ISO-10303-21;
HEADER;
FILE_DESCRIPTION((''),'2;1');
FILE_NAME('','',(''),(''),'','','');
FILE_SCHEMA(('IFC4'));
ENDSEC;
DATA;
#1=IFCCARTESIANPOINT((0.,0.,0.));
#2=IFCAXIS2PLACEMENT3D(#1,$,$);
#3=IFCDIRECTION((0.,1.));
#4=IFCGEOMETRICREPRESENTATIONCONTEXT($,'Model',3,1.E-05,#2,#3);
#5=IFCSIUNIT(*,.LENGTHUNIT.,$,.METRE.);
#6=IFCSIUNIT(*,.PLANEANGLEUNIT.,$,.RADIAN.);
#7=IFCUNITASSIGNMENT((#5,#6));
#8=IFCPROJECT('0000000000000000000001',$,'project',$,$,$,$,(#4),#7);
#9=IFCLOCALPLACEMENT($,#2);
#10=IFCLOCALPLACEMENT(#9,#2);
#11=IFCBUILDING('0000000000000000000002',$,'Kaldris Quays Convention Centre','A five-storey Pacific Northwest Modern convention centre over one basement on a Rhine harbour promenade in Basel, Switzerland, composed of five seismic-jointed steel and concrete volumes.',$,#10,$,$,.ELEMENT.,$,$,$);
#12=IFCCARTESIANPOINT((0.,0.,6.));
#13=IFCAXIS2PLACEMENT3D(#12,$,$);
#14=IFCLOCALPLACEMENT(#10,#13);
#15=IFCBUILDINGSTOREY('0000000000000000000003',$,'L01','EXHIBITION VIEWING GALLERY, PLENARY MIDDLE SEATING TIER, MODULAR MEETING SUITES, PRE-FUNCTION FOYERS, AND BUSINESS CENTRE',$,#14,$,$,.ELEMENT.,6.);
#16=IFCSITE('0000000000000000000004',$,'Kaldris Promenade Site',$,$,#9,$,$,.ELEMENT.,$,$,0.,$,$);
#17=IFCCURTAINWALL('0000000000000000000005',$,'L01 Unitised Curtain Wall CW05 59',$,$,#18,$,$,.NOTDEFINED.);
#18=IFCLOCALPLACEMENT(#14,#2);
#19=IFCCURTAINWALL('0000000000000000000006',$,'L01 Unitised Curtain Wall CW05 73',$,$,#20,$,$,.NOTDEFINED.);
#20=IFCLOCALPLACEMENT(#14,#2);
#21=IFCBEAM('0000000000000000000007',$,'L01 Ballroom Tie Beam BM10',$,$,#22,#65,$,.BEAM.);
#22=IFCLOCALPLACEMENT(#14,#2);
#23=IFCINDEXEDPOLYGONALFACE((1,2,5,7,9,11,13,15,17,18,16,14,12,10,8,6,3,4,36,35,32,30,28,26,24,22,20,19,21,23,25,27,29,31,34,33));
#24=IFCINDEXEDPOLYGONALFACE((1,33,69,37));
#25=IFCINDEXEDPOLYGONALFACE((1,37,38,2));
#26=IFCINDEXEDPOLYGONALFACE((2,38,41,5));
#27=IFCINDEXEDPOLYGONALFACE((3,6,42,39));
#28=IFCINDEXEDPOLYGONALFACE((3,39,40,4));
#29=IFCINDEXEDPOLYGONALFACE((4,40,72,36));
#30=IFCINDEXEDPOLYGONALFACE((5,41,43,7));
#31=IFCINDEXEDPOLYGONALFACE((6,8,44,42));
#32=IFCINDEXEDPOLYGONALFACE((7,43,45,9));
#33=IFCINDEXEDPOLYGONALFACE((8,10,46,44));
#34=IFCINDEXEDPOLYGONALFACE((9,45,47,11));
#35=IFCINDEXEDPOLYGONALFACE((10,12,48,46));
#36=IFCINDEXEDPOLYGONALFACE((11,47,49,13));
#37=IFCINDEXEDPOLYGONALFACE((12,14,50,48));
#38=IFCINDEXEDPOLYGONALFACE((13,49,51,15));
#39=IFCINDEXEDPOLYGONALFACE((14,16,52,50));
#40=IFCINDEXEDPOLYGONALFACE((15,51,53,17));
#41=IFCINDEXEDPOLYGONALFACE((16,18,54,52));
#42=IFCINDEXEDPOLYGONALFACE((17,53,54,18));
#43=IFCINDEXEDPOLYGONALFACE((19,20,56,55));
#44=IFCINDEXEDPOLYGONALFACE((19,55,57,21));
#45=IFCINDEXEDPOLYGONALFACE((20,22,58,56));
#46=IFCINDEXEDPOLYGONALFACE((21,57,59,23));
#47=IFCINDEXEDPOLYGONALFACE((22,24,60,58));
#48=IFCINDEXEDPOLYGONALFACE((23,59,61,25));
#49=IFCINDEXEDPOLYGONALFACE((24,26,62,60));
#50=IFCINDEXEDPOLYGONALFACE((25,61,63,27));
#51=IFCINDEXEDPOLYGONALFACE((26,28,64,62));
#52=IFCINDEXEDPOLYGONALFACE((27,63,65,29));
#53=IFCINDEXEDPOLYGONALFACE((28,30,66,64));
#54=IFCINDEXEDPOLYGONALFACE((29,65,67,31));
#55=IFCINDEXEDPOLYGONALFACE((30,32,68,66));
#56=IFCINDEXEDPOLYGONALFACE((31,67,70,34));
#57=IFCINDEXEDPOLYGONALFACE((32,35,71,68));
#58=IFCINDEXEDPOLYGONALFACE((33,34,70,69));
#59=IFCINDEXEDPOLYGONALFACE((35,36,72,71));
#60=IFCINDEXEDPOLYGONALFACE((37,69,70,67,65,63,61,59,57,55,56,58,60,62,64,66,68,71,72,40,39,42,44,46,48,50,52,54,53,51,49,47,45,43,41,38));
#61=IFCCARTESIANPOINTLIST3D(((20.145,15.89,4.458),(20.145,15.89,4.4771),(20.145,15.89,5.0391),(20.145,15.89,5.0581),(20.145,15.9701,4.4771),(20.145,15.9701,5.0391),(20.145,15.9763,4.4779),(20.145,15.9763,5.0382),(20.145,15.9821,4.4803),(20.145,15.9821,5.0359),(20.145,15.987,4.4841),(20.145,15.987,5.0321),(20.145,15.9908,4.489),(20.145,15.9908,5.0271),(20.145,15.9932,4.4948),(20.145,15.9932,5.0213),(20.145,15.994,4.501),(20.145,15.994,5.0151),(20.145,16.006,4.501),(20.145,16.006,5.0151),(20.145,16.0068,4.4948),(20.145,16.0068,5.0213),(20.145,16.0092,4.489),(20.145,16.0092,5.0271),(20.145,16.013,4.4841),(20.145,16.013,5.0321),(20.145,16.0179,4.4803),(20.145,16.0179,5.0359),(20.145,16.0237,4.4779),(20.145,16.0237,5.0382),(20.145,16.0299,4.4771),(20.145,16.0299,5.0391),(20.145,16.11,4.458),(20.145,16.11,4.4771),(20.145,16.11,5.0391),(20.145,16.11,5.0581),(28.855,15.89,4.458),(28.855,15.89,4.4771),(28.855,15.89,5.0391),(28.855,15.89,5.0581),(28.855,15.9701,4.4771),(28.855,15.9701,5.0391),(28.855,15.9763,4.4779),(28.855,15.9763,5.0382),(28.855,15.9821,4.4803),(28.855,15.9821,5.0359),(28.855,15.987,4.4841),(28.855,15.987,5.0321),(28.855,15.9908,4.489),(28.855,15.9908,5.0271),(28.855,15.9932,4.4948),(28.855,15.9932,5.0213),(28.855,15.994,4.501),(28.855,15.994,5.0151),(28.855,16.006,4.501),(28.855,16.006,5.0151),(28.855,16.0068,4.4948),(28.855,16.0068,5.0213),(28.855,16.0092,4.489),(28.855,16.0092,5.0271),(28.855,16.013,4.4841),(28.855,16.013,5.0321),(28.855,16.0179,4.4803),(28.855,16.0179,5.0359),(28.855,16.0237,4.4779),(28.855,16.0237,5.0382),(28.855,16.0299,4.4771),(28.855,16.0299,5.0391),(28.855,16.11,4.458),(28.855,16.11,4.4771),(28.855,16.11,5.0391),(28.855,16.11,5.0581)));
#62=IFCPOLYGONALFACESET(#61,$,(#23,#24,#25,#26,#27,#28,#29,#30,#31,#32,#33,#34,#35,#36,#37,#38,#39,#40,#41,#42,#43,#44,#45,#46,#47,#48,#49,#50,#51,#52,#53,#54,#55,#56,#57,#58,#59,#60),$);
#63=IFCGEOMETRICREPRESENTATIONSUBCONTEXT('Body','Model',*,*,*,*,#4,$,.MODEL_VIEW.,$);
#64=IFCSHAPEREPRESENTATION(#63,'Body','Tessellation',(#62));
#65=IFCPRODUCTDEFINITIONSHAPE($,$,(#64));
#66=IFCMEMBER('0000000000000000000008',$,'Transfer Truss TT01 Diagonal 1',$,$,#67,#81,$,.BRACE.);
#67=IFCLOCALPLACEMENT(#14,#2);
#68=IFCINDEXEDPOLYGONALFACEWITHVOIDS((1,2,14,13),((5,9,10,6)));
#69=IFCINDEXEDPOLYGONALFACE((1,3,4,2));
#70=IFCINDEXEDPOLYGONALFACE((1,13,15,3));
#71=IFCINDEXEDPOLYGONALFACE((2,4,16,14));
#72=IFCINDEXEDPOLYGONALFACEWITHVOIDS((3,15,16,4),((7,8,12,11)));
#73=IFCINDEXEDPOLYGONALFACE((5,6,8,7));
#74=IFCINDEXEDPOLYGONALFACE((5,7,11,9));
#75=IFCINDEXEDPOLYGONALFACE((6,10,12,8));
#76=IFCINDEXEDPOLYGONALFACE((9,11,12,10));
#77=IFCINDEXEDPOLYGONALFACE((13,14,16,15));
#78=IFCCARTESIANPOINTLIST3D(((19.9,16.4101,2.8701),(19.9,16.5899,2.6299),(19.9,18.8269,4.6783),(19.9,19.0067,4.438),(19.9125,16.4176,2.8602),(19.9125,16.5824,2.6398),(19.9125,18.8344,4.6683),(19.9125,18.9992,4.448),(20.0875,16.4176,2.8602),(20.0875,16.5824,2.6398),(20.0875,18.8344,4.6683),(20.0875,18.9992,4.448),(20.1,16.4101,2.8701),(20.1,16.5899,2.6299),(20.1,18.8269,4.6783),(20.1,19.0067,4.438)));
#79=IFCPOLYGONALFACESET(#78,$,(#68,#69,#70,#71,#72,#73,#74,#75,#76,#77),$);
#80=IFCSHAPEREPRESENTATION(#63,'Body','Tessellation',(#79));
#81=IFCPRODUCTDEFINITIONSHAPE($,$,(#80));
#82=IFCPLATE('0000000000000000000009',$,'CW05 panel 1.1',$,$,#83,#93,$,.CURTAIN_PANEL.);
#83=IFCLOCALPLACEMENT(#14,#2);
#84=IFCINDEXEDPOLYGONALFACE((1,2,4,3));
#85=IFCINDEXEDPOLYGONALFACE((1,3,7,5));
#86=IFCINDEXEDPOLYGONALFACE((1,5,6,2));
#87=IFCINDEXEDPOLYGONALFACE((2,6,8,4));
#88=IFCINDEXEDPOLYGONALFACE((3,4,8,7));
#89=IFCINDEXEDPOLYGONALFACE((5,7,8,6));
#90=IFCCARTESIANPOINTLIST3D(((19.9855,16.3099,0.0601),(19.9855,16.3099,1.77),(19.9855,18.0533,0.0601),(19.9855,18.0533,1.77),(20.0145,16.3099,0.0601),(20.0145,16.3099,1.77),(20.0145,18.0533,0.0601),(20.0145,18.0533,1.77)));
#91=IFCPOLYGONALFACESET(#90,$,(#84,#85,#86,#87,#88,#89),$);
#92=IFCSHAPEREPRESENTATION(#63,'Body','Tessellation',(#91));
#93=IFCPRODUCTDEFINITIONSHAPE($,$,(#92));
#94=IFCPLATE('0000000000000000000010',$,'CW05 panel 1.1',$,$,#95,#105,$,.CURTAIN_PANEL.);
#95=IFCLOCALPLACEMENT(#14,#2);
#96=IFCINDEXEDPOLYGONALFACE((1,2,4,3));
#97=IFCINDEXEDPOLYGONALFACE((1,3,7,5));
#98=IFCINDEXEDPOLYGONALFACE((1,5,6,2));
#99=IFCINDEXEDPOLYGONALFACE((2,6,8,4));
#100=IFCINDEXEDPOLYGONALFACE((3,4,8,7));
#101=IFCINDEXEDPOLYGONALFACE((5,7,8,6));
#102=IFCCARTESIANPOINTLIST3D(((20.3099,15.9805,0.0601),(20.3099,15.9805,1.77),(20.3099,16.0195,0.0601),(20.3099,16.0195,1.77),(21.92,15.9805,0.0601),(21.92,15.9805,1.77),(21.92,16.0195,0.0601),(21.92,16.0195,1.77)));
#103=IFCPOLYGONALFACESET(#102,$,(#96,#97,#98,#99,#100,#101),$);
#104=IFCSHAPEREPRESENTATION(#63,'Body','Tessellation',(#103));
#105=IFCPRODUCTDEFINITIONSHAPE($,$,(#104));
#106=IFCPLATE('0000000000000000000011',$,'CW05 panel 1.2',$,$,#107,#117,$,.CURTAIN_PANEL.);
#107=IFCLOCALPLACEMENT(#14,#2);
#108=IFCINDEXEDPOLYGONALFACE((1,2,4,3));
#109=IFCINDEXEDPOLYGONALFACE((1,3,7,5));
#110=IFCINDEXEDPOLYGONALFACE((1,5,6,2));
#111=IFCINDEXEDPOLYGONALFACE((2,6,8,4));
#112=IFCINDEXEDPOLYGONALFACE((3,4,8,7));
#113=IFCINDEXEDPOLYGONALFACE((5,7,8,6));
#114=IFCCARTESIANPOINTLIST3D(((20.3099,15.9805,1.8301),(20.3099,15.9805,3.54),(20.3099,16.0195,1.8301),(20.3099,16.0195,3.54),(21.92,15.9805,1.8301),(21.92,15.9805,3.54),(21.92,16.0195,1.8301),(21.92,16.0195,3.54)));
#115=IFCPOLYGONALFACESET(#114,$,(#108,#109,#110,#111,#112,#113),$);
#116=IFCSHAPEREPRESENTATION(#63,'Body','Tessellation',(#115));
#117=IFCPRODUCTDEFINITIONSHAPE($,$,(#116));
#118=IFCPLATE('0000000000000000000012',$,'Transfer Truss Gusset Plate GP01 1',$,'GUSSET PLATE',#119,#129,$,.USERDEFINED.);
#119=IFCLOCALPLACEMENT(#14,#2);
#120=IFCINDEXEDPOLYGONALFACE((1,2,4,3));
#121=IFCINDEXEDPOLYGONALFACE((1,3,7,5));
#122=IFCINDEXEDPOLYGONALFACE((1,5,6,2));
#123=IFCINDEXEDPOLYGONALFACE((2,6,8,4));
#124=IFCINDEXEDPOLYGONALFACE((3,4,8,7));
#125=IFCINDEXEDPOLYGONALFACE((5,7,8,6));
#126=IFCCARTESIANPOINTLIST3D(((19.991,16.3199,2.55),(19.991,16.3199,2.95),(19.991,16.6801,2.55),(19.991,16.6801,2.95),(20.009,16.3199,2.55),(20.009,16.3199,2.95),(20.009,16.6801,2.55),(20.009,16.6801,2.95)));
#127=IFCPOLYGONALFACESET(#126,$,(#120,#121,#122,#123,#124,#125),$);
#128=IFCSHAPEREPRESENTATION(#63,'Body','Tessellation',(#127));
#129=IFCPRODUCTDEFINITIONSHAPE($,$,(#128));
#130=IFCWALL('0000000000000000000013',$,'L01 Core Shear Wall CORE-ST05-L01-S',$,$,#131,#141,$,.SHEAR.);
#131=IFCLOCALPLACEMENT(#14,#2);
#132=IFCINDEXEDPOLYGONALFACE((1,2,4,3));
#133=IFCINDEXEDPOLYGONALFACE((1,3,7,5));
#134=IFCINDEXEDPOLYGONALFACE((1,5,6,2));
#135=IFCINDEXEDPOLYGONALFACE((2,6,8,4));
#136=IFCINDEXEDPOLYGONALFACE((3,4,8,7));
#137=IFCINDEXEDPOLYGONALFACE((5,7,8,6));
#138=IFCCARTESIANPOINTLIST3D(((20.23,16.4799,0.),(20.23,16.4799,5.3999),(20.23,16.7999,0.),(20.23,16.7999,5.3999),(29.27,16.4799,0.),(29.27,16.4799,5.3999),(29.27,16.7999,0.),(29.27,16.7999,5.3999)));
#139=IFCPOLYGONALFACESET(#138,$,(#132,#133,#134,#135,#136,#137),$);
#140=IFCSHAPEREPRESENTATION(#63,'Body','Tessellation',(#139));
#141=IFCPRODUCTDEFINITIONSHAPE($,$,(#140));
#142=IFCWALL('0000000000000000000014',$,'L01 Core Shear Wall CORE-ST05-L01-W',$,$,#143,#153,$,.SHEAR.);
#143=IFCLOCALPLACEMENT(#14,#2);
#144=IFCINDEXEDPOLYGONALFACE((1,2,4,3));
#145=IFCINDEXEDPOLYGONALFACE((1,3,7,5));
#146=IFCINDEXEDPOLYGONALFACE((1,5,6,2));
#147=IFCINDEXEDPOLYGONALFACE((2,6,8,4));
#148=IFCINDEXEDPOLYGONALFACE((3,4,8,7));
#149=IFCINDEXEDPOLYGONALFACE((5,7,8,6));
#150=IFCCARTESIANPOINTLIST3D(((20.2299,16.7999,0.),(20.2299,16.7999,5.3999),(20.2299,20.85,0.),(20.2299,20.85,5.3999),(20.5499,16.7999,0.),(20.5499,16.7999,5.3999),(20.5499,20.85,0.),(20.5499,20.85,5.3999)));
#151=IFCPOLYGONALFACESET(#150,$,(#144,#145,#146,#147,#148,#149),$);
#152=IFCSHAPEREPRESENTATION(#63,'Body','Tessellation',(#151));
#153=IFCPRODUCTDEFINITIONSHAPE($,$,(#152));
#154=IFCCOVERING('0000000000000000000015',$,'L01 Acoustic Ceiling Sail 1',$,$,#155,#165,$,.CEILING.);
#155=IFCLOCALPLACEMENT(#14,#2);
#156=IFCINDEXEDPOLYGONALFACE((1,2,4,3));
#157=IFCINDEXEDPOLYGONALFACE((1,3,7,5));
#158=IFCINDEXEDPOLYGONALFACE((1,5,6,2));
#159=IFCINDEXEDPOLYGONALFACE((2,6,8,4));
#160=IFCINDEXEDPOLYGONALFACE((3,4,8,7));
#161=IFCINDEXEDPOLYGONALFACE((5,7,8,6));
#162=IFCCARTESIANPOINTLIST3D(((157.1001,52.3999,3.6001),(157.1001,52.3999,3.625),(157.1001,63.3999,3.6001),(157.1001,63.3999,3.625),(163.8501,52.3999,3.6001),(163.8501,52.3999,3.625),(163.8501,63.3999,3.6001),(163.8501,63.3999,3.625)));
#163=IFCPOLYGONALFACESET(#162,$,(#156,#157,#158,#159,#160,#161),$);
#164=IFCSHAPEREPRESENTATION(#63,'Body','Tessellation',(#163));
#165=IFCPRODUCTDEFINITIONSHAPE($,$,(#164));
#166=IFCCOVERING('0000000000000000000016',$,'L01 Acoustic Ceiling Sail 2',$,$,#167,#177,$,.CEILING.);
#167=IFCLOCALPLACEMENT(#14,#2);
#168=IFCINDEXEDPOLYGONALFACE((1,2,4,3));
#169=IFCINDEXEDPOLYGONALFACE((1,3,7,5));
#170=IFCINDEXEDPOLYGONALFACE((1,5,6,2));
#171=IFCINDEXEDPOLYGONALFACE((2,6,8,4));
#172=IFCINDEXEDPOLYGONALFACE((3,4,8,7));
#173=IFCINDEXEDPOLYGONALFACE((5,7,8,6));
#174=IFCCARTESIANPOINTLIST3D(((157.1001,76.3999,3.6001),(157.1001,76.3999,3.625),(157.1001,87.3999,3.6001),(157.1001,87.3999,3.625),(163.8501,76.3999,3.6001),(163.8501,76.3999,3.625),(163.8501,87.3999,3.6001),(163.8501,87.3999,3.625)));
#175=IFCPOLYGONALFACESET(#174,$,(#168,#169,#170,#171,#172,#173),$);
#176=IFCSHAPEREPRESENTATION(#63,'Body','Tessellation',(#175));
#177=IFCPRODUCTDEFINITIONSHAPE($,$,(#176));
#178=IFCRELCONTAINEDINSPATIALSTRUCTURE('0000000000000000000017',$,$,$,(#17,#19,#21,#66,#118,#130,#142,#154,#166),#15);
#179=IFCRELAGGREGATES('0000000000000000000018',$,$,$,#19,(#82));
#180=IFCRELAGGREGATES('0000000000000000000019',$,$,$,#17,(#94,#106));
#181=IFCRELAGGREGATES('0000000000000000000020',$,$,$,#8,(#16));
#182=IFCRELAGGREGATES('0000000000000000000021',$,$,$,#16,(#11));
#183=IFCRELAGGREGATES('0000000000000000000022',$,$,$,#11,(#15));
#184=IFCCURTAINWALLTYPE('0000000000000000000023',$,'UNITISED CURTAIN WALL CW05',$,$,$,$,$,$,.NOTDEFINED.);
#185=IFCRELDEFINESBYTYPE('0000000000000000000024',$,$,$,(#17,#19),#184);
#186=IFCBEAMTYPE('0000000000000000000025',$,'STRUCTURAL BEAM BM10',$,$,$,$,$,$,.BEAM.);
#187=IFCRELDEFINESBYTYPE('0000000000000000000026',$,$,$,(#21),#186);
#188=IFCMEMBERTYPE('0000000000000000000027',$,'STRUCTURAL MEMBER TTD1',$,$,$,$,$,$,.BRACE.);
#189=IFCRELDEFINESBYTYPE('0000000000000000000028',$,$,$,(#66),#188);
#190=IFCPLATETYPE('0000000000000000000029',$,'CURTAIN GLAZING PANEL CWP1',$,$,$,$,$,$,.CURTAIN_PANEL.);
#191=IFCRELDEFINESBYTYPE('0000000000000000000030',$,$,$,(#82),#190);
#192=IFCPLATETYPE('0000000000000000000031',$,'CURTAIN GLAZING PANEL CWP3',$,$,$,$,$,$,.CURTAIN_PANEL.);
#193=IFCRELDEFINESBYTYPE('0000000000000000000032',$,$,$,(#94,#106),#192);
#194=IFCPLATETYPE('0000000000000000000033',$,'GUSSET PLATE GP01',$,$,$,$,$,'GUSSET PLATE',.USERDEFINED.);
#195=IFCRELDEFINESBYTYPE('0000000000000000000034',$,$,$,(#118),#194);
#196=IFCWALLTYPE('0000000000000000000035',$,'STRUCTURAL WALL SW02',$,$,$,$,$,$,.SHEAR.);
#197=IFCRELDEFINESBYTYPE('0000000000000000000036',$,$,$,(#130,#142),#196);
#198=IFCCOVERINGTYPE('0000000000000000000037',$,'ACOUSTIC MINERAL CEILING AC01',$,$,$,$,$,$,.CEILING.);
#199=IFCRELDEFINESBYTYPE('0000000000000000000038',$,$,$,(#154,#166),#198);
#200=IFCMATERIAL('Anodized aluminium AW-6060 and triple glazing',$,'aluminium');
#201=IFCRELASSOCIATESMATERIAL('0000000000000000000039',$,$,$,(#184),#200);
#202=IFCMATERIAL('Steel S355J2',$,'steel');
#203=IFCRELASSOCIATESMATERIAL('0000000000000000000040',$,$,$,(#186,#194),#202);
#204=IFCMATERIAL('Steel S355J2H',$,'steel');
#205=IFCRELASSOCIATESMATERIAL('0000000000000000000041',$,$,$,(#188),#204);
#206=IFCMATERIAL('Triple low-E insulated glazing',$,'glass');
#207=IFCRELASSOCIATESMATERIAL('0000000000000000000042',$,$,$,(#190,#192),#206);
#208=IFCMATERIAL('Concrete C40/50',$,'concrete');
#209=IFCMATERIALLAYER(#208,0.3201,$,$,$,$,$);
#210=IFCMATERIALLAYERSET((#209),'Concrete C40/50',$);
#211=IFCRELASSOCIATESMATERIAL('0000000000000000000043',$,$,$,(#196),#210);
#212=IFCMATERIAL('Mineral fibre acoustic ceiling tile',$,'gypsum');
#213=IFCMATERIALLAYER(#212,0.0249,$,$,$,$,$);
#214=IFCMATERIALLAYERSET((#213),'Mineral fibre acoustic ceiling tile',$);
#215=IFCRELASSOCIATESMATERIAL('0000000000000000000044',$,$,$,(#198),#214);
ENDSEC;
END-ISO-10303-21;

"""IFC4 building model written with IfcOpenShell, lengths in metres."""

from ifc_helpers import new_model, si_unit, direction, frame, frame_2d, origin, origin_2d, place, context, subcontext, project, spatial, polyline, rectangle, hollow_rectangle, i_section, outline, extrude, material, layer, layer_set, material_profile, profile_set, type_object, element, aggregate, save


model = new_model("IFC4")

# Units and contexts
model_context = context("Model", 3, precision=1e-05, world=origin(), true_north=direction((0.0, 1.0)))
body_context = subcontext(model_context, "Body", "Model", "MODEL_VIEW")
ifc_project = project(units=[si_unit("LENGTHUNIT", "METRE"), si_unit("PLANEANGLEUNIT", "RADIAN")], contexts=[model_context])

# Site, building, storey
site_placement = place(None, origin())
site = spatial("IfcSite", under=ifc_project, at=site_placement, Name="Kaldris Promenade Site", CompositionType="ELEMENT", RefElevation=0.0)
building_placement = place(site_placement, origin())
building = spatial("IfcBuilding", under=site, at=building_placement, Name="Kaldris Quays Convention Centre", Description="A five-storey Pacific Northwest Modern convention centre over one basement on a Rhine harbour promenade in Basel, Switzerland, composed of five seismic-jointed steel and concrete volumes.", CompositionType="ELEMENT")
storey_placement = place(building_placement, frame((0.0, 0.0, 6.0)))
storey = spatial("IfcBuildingStorey", under=building, at=storey_placement, Name="L01", Description="EXHIBITION VIEWING GALLERY, PLENARY MIDDLE SEATING TIER, MODULAR MEETING SUITES, PRE-FUNCTION FOYERS, AND BUSINESS CENTRE", CompositionType="ELEMENT", Elevation=6.0)

# Curtain walls
ifc_material_1 = material(Name="Anodized aluminium AW-6060 and triple glazing", Category="aluminium")
curtain_wall_type = type_object("IfcCurtainWallType", Name="UNITISED CURTAIN WALL CW05", PredefinedType="NOTDEFINED", material=ifc_material_1)
curtain_wall_1_placement = place(storey_placement, origin())
curtain_wall_1 = element("IfcCurtainWall", 1, at=curtain_wall_1_placement, inside=storey, type_object=curtain_wall_type, Name="L01 Unitised Curtain Wall CW05 59", PredefinedType="NOTDEFINED")
curtain_wall_2_placement = place(storey_placement, origin())
curtain_wall_2 = element("IfcCurtainWall", 2, at=curtain_wall_2_placement, inside=storey, type_object=curtain_wall_type, Name="L01 Unitised Curtain Wall CW05 73", PredefinedType="NOTDEFINED")

# Beam
ifc_material_2 = material(Name="Steel S355J2", Category="steel")
ifc_material_profile_1 = material_profile(ifc_material_2, i_section(OverallWidth=0.22, OverallDepth=0.6001, WebThickness=0.012, FlangeThickness=0.019, FilletRadius=0.0239, at=origin_2d()), Name="IPE 600")
ifc_profile_set_1 = profile_set([ifc_material_profile_1], Name="Steel S355J2")
beam_type_1 = type_object("IfcBeamType", Name="STRUCTURAL BEAM BM10", PredefinedType="BEAM", material=ifc_profile_set_1)
beam_1_placement = place(storey_placement, frame((20.145, 16.0, 4.7581), z_axis=(1.0, 0.0, 0.0), x_axis=(0.0, 1.0, 0.0)))
element("IfcBeam", 3, at=beam_1_placement, inside=storey, type_object=beam_type_1, Name="L01 Ballroom Tie Beam BM10", PredefinedType="BEAM", context=body_context, shape_type="SweptSolid", body=[
    extrude(i_section(OverallWidth=0.22, OverallDepth=0.6001, WebThickness=0.012, FlangeThickness=0.019, FilletRadius=0.0239, at=origin_2d()), origin(), (0.0, 0.0, 1.0), 8.71),
])

# Member
ifc_material_3 = material(Name="Steel S355J2H", Category="steel")
ifc_material_profile_2 = material_profile(ifc_material_3, hollow_rectangle(XDim=0.2, YDim=0.3, WallThickness=0.0125, at=origin_2d()), Name="RHS 300x200x12.5")
ifc_profile_set_2 = profile_set([ifc_material_profile_2], Name="Steel S355J2H")
member_type_1 = type_object("IfcMemberType", Name="STRUCTURAL MEMBER TTD1", PredefinedType="BRACE", material=ifc_profile_set_2)
member_1_placement = place(storey_placement, frame((20.0, 16.5, 2.75), z_axis=(0.0, 0.800708, 0.599055), x_axis=(-1.0, 0.0, 0.0)))
element("IfcMember", 4, at=member_1_placement, inside=storey, type_object=member_type_1, Name="Transfer Truss TT01 Diagonal 1", PredefinedType="BRACE", context=body_context, shape_type="SweptSolid", body=[
    extrude(hollow_rectangle(XDim=0.2, YDim=0.3, WallThickness=0.0125, at=origin_2d()), origin(), (0.0, 0.0, 1.0), 3.0183),
])

# Plates
ifc_material_4 = material(Name="Triple low-E insulated glazing", Category="glass")
plate_type_1 = type_object("IfcPlateType", Name="CURTAIN GLAZING PANEL CWP1", PredefinedType="CURTAIN_PANEL", material=ifc_material_4)
plate_1_placement = place(storey_placement, frame((20.0, 17.1816, 0.0601), z_axis=(0.0, 0.0, 1.0), x_axis=(0.0, 1.0, 0.0)))
plate_1 = element("IfcPlate", 5, at=plate_1_placement, type_object=plate_type_1, Name="CW05 panel 1.1", PredefinedType="CURTAIN_PANEL", context=body_context, shape_type="SweptSolid", body=[
    extrude(rectangle(XDim=1.7434, YDim=0.0291, at=origin_2d()), origin(), (0.0, 0.0, 1.0), 1.71),
])
aggregate(curtain_wall_2, [plate_1])
plate_type_2 = type_object("IfcPlateType", Name="CURTAIN GLAZING PANEL CWP3", PredefinedType="CURTAIN_PANEL", material=ifc_material_4)
plate_2_placement = place(storey_placement, frame((21.115, 16.0, 0.0601), z_axis=(0.0, 0.0, 1.0), x_axis=(1.0, 0.0, 0.0)))
plate_2 = element("IfcPlate", 6, at=plate_2_placement, type_object=plate_type_2, Name="CW05 panel 1.1", PredefinedType="CURTAIN_PANEL", context=body_context, shape_type="SweptSolid", body=[
    extrude(rectangle(XDim=1.6101, YDim=0.0391, at=origin_2d()), origin(), (0.0, 0.0, 1.0), 1.71),
])
plate_3_placement = place(storey_placement, frame((21.115, 16.0, 1.8301), z_axis=(0.0, 0.0, 1.0), x_axis=(1.0, 0.0, 0.0)))
plate_3 = element("IfcPlate", 7, at=plate_3_placement, type_object=plate_type_2, Name="CW05 panel 1.2", PredefinedType="CURTAIN_PANEL", context=body_context, shape_type="SweptSolid", body=[
    extrude(rectangle(XDim=1.6101, YDim=0.0391, at=origin_2d()), origin(), (0.0, 0.0, 1.0), 1.71),
])
aggregate(curtain_wall_1, [plate_2, plate_3])
plate_type_3 = type_object("IfcPlateType", Name="GUSSET PLATE GP01", ElementType="GUSSET PLATE", PredefinedType="USERDEFINED", material=ifc_material_2)
plate_4_placement = place(storey_placement, frame((20.0, 16.5, 2.55), z_axis=(0.0, 0.0, 1.0), x_axis=(1.0, 0.0, 0.0)))
element("IfcPlate", 8, at=plate_4_placement, inside=storey, type_object=plate_type_3, Name="Transfer Truss Gusset Plate GP01 1", ObjectType="GUSSET PLATE", PredefinedType="USERDEFINED", context=body_context, shape_type="SweptSolid", body=[
    extrude(rectangle(XDim=0.0181, YDim=0.3601, at=origin_2d()), origin(), (0.0, 0.0, 1.0), 0.3999),
])

# Walls
ifc_material_5 = material(Name="Concrete C40/50", Category="concrete")
ifc_layer_1 = layer(ifc_material_5, 0.3201)
ifc_layer_set_1 = layer_set([ifc_layer_1], Name="Concrete C40/50")
wall_type = type_object("IfcWallType", Name="STRUCTURAL WALL SW02", PredefinedType="SHEAR", material=ifc_layer_set_1)
wall_1_placement = place(storey_placement, frame((20.23, 16.6399, 0.0), z_axis=(0.0, 0.0, 1.0), x_axis=(1.0, 0.0, 0.0)))
element("IfcWall", 9, at=wall_1_placement, inside=storey, type_object=wall_type, Name="L01 Core Shear Wall CORE-ST05-L01-S", PredefinedType="SHEAR", context=body_context, shape_type="SweptSolid", body=[
    extrude(rectangle(XDim=9.04, YDim=0.3201, at=frame_2d((4.52, 0.0))), origin(), (0.0, 0.0, 1.0), 5.3999),
])
wall_2_placement = place(storey_placement, frame((20.3899, 16.8, 0.0), z_axis=(0.0, 0.0, 1.0), x_axis=(0.0, 1.0, 0.0)))
element("IfcWall", 10, at=wall_2_placement, inside=storey, type_object=wall_type, Name="L01 Core Shear Wall CORE-ST05-L01-W", PredefinedType="SHEAR", context=body_context, shape_type="SweptSolid", body=[
    extrude(rectangle(XDim=4.05, YDim=0.3201, at=frame_2d((2.0249, 0.0))), origin(), (0.0, 0.0, 1.0), 5.3999),
])

# Coverings
ifc_material_6 = material(Name="Mineral fibre acoustic ceiling tile", Category="gypsum")
ifc_layer_2 = layer(ifc_material_6, 0.0249)
ifc_layer_set_2 = layer_set([ifc_layer_2], Name="Mineral fibre acoustic ceiling tile")
covering_type = type_object("IfcCoveringType", Name="ACOUSTIC MINERAL CEILING AC01", PredefinedType="CEILING", material=ifc_layer_set_2)
covering_1_placement = place(storey_placement, frame((0.0, 0.0, 3.6001)))
element("IfcCovering", 11, at=covering_1_placement, inside=storey, type_object=covering_type, Name="L01 Acoustic Ceiling Sail 1", PredefinedType="CEILING", context=body_context, shape_type="SweptSolid", body=[
    extrude(outline(polyline([(157.1001, 52.3999), (163.8501, 52.3999), (163.8501, 63.3999), (157.1001, 63.3999), (157.1001, 52.3999)])), origin(), (0.0, 0.0, 1.0), 0.0249),
])
covering_2_placement = place(storey_placement, frame((0.0, 0.0, 3.6001)))
element("IfcCovering", 12, at=covering_2_placement, inside=storey, type_object=covering_type, Name="L01 Acoustic Ceiling Sail 2", PredefinedType="CEILING", context=body_context, shape_type="SweptSolid", body=[
    extrude(outline(polyline([(157.1001, 76.3999), (163.8501, 76.3999), (163.8501, 87.3999), (157.1001, 87.3999), (157.1001, 76.3999)])), origin(), (0.0, 0.0, 1.0), 0.0249),
])

save(model, "model.ifc")
